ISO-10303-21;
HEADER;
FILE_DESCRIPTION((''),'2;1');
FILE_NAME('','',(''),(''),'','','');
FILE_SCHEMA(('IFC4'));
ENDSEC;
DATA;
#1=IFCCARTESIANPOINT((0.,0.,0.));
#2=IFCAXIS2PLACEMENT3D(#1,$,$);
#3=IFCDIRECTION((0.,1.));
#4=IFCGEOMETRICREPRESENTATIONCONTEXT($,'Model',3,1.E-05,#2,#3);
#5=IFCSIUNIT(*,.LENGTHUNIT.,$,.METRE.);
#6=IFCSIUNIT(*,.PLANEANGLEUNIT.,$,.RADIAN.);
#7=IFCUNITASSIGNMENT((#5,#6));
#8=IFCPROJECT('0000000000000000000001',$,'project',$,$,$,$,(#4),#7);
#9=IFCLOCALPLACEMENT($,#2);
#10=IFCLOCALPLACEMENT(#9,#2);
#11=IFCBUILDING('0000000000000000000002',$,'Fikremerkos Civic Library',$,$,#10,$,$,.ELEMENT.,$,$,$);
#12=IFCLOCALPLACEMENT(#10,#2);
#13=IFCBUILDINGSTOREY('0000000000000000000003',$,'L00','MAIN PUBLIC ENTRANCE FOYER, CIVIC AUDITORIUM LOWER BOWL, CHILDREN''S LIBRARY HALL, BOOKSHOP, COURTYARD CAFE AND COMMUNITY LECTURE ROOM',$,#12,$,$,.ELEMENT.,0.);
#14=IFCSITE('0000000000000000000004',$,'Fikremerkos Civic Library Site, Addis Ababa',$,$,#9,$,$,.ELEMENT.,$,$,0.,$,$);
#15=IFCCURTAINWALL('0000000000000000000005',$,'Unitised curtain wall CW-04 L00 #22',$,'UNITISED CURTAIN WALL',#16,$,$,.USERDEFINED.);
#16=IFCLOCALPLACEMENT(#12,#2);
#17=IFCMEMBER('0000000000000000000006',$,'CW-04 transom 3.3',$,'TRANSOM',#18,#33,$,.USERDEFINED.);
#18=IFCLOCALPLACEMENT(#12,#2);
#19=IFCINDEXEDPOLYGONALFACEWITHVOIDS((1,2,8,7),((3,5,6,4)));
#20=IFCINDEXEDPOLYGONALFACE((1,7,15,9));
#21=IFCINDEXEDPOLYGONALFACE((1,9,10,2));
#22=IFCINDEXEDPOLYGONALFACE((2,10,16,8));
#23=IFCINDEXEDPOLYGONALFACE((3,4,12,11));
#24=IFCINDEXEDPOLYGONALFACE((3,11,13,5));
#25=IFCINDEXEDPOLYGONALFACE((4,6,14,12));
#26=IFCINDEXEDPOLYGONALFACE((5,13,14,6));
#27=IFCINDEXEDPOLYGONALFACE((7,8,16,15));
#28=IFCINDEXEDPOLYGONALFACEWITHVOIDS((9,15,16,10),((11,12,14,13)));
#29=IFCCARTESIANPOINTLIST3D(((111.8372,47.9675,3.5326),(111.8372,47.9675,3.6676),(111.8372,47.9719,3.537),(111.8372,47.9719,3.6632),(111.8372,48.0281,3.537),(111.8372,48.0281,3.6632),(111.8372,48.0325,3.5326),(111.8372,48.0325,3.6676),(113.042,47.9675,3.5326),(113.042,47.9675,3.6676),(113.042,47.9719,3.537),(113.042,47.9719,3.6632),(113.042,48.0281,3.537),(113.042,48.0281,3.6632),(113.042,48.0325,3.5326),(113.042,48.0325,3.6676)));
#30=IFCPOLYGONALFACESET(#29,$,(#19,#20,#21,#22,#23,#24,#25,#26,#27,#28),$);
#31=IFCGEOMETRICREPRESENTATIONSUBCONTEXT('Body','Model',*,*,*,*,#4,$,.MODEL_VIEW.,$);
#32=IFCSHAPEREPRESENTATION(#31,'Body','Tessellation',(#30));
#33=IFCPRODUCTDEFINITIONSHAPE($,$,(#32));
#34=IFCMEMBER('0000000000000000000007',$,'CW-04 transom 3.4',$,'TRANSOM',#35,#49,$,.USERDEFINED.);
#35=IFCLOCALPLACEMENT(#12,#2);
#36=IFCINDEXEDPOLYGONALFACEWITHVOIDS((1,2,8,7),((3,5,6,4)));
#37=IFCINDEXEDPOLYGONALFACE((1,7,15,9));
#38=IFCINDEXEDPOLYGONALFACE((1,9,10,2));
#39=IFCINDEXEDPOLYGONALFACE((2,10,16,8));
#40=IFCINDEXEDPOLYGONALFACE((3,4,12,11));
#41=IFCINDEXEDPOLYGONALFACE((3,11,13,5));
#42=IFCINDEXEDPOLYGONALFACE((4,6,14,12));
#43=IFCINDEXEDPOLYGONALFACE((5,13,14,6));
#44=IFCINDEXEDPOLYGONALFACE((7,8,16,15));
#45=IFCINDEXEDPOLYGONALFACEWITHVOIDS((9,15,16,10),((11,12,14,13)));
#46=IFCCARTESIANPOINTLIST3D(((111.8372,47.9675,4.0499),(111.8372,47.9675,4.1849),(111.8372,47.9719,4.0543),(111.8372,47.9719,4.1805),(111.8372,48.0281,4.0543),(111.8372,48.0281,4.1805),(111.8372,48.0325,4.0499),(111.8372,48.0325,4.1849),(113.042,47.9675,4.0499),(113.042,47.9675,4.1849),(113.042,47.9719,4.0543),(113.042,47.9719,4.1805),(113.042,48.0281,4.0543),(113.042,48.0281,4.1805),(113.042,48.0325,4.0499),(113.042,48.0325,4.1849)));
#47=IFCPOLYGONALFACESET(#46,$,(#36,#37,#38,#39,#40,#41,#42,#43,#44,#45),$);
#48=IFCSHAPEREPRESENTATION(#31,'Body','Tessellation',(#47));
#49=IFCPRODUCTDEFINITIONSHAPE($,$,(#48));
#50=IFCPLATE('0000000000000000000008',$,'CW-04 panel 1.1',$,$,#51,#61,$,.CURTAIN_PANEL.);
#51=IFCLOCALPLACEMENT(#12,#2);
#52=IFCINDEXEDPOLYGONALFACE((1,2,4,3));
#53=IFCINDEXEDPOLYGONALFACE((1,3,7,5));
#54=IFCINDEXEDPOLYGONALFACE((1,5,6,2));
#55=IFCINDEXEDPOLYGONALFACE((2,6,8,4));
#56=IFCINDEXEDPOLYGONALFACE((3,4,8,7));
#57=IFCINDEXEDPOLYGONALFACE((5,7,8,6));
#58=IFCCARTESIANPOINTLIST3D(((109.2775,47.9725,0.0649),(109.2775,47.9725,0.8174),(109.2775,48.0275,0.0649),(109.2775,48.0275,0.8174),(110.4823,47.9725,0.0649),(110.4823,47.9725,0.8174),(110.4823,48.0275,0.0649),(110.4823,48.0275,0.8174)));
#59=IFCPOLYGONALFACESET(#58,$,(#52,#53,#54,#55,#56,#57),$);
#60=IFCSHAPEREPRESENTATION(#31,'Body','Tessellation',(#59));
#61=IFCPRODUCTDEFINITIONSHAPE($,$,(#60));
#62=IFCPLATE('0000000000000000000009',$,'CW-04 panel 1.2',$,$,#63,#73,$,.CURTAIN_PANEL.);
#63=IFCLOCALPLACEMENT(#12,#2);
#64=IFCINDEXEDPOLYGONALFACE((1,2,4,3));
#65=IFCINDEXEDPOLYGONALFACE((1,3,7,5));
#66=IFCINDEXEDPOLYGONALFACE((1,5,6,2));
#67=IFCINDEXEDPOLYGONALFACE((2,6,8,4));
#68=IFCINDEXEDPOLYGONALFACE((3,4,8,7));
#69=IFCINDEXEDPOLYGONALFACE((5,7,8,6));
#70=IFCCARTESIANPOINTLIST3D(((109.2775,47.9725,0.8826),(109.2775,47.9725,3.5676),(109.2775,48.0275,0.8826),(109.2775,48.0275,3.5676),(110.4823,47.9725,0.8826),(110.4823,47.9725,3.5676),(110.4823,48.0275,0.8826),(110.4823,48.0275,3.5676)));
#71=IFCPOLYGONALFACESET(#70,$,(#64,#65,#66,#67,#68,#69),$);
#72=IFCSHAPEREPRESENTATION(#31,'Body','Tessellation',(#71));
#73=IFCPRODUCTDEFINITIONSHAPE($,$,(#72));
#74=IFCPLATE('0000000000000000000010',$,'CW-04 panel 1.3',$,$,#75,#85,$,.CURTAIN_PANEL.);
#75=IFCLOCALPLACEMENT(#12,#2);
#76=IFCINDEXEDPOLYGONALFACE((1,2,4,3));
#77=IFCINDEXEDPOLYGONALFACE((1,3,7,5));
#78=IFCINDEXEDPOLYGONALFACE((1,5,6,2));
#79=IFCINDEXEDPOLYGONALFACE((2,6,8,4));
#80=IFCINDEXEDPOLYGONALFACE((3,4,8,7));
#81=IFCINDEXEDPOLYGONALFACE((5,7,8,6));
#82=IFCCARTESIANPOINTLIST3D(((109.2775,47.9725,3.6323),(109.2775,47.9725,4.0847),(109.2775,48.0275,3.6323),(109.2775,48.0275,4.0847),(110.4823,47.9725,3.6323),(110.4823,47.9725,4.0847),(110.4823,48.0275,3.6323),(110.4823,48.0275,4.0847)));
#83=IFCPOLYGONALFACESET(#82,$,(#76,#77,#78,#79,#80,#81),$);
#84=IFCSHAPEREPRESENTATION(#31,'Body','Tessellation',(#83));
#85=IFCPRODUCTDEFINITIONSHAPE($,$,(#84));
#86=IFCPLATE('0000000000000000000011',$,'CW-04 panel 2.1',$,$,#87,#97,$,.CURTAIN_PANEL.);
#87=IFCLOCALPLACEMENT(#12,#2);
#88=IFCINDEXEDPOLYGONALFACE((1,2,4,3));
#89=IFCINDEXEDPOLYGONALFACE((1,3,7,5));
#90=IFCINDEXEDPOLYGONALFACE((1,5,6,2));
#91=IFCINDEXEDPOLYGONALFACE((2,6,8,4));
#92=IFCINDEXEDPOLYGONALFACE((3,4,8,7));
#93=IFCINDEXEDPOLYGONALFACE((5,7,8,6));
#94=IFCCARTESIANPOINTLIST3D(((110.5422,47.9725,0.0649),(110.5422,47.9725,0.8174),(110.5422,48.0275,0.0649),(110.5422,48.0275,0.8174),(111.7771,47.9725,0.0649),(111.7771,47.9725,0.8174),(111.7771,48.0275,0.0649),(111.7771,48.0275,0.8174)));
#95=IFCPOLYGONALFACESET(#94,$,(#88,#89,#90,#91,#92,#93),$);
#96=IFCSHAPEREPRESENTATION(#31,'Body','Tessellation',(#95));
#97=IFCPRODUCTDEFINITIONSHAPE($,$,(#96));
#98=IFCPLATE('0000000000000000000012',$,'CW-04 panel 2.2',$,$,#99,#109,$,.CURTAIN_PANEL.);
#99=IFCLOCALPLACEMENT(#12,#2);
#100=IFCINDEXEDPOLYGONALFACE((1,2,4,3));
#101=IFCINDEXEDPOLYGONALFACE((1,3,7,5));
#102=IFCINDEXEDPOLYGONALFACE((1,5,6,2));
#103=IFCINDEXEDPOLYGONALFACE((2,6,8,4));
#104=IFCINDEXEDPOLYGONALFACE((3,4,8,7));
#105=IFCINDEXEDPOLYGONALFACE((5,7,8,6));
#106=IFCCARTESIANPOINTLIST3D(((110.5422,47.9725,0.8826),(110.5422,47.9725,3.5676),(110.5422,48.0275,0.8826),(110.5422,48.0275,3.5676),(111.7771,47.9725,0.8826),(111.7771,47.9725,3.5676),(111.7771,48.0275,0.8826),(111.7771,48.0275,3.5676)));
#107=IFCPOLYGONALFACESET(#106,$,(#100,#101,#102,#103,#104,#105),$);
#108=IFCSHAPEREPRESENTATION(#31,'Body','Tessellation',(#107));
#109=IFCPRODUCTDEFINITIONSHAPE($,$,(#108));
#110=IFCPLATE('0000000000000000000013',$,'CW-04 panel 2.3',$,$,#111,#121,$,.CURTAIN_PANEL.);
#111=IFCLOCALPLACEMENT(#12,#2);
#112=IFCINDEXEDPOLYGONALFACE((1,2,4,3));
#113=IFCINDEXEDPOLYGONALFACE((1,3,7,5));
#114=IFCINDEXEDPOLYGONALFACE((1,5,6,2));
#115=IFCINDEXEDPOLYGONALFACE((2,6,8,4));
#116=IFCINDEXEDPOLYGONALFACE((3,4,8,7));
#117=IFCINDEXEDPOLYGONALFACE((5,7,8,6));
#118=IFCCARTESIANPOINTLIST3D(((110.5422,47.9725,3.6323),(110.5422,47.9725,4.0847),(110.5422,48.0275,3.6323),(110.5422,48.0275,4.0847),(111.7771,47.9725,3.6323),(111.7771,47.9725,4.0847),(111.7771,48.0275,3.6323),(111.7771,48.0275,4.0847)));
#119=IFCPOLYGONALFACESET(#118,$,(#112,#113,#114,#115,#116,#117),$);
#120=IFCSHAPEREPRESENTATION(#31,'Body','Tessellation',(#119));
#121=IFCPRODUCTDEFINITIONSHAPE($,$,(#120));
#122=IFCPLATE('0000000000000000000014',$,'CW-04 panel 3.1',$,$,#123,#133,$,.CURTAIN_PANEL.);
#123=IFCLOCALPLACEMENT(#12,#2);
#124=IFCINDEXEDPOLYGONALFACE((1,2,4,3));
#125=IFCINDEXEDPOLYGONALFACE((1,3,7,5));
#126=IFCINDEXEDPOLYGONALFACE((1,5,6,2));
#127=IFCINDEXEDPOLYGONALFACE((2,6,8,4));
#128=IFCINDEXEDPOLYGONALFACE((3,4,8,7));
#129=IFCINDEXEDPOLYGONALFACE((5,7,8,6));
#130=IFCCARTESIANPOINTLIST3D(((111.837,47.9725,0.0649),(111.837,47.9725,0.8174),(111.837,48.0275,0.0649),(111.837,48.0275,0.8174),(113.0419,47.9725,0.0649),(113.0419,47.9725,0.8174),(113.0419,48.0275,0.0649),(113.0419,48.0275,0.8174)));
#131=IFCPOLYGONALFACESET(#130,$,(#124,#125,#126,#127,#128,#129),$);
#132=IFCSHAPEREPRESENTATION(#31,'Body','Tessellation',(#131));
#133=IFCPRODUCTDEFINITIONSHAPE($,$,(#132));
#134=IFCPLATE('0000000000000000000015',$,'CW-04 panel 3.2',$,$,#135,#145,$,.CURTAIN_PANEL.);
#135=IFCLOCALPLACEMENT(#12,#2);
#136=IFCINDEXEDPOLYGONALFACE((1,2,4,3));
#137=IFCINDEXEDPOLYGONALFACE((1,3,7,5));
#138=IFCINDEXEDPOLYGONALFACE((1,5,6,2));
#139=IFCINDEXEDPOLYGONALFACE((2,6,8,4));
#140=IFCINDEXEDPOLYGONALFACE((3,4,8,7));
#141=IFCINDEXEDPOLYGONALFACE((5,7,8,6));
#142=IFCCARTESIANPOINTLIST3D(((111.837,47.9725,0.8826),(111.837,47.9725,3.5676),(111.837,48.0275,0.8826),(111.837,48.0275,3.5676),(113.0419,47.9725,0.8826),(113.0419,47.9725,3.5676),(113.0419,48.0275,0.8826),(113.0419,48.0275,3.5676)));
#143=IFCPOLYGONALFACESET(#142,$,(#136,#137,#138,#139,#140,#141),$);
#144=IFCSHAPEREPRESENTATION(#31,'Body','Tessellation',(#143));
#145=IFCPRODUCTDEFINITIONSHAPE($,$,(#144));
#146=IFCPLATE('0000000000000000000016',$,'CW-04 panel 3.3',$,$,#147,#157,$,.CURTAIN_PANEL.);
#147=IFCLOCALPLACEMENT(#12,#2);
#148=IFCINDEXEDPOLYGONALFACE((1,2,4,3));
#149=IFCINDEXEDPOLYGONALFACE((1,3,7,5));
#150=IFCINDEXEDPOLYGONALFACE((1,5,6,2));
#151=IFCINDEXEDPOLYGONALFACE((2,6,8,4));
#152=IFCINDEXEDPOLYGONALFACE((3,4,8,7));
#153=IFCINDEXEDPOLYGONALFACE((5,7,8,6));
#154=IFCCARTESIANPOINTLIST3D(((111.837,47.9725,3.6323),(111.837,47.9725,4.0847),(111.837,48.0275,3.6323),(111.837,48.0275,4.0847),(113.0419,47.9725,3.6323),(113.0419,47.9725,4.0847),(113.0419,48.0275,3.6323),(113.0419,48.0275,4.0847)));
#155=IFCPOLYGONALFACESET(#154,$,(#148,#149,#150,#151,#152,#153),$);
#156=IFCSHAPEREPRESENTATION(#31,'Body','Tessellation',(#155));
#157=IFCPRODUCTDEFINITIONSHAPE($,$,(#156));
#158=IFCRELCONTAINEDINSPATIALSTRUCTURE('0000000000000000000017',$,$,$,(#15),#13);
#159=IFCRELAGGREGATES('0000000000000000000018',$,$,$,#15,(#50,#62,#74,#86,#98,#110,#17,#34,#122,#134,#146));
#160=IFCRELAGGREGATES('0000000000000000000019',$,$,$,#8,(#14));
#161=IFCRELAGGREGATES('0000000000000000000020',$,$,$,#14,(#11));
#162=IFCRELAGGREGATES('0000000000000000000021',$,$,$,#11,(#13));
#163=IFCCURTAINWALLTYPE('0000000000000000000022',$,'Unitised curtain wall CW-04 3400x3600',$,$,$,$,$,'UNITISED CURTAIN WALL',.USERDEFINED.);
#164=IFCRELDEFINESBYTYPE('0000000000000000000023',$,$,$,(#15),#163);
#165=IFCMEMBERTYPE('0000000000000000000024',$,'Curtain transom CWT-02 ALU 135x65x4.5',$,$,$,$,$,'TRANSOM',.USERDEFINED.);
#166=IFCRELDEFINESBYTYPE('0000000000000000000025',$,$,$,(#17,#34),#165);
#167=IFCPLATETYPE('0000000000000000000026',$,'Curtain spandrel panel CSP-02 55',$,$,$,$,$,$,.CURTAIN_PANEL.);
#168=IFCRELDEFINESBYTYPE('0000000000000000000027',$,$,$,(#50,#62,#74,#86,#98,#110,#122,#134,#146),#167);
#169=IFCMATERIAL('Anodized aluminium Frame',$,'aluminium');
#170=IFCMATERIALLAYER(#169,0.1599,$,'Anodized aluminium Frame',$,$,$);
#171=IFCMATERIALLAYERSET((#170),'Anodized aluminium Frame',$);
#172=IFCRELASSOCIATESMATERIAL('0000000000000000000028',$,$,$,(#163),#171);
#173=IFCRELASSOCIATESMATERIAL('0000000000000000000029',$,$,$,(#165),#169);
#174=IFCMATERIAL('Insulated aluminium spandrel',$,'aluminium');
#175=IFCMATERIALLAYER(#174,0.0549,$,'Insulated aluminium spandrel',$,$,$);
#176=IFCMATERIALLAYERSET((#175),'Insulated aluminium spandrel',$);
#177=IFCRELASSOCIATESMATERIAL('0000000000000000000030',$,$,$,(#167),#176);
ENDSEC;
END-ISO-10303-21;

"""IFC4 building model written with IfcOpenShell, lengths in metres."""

from ifc_helpers import new_model, si_unit, direction, frame, origin, origin_2d, place, context, subcontext, project, spatial, rectangle, hollow_rectangle, extrude, material, layer, layer_set, material_profile, profile_set, type_object, element, aggregate, save


model = new_model("IFC4")

# Units and contexts
model_context = context("Model", 3, precision=1e-05, world=origin(), true_north=direction((0.0, 1.0)))
body_context = subcontext(model_context, "Body", "Model", "MODEL_VIEW")
ifc_project = project(units=[si_unit("LENGTHUNIT", "METRE"), si_unit("PLANEANGLEUNIT", "RADIAN")], contexts=[model_context])

# Site, building, storey
site_placement = place(None, origin())
site = spatial("IfcSite", under=ifc_project, at=site_placement, Name="Fikremerkos Civic Library Site, Addis Ababa", CompositionType="ELEMENT", RefElevation=0.0)
building_placement = place(site_placement, origin())
building = spatial("IfcBuilding", under=site, at=building_placement, Name="Fikremerkos Civic Library", CompositionType="ELEMENT")
storey_placement = place(building_placement, origin())
storey = spatial("IfcBuildingStorey", under=building, at=storey_placement, Name="L00", Description="MAIN PUBLIC ENTRANCE FOYER, CIVIC AUDITORIUM LOWER BOWL, CHILDREN'S LIBRARY HALL, BOOKSHOP, COURTYARD CAFE AND COMMUNITY LECTURE ROOM", CompositionType="ELEMENT", Elevation=0.0)

# Curtain wall, members, plates
ifc_material_1 = material(Name="Anodized aluminium Frame", Category="aluminium")
ifc_layer_1 = layer(ifc_material_1, 0.1599, Name="Anodized aluminium Frame")
ifc_layer_set_1 = layer_set([ifc_layer_1], Name="Anodized aluminium Frame")
curtain_wall_type = type_object("IfcCurtainWallType", Name="Unitised curtain wall CW-04 3400x3600", ElementType="UNITISED CURTAIN WALL", PredefinedType="USERDEFINED", material=ifc_layer_set_1)
curtain_wall_placement = place(storey_placement, origin())
curtain_wall = element("IfcCurtainWall", 1, at=curtain_wall_placement, inside=storey, type_object=curtain_wall_type, Name="Unitised curtain wall CW-04 L00 #22", ObjectType="UNITISED CURTAIN WALL", PredefinedType="USERDEFINED")
ifc_material_profile_1 = material_profile(ifc_material_1, hollow_rectangle(XDim=0.0649, YDim=0.135, WallThickness=0.0044, at=origin_2d()), Name="ALU 135x65x4.5")
ifc_profile_set_1 = profile_set([ifc_material_profile_1], Name="Anodized aluminium Frame")
member_type_1 = type_object("IfcMemberType", Name="Curtain transom CWT-02 ALU 135x65x4.5", ElementType="TRANSOM", PredefinedType="USERDEFINED", material=ifc_profile_set_1)
member_1_placement = place(storey_placement, frame((111.8372, 48.0, 3.6001), z_axis=(1.0, 0.0, 0.0), x_axis=(0.0, 1.0, 0.0)))
member_1 = element("IfcMember", 2, at=member_1_placement, type_object=member_type_1, Name="CW-04 transom 3.3", ObjectType="TRANSOM", PredefinedType="USERDEFINED", context=body_context, shape_type="SweptSolid", body=[
    extrude(hollow_rectangle(XDim=0.0649, YDim=0.135, WallThickness=0.0044, at=origin_2d()), origin(), (0.0, 0.0, 1.0), 1.2048),
])
member_2_placement = place(storey_placement, frame((111.8372, 48.0, 4.1174), z_axis=(1.0, 0.0, 0.0), x_axis=(0.0, 1.0, 0.0)))
member_2 = element("IfcMember", 3, at=member_2_placement, type_object=member_type_1, Name="CW-04 transom 3.4", ObjectType="TRANSOM", PredefinedType="USERDEFINED", context=body_context, shape_type="SweptSolid", body=[
    extrude(hollow_rectangle(XDim=0.0649, YDim=0.135, WallThickness=0.0044, at=origin_2d()), origin(), (0.0, 0.0, 1.0), 1.2048),
])
ifc_material_2 = material(Name="Insulated aluminium spandrel", Category="aluminium")
ifc_layer_2 = layer(ifc_material_2, 0.0549, Name="Insulated aluminium spandrel")
ifc_layer_set_2 = layer_set([ifc_layer_2], Name="Insulated aluminium spandrel")
plate_type = type_object("IfcPlateType", Name="Curtain spandrel panel CSP-02 55", PredefinedType="CURTAIN_PANEL", material=ifc_layer_set_2)
plate_1_placement = place(storey_placement, frame((109.8799, 48.0, 0.0649), z_axis=(0.0, 0.0, 1.0), x_axis=(1.0, 0.0, 0.0)))
plate_1 = element("IfcPlate", 4, at=plate_1_placement, type_object=plate_type, Name="CW-04 panel 1.1", PredefinedType="CURTAIN_PANEL", context=body_context, shape_type="SweptSolid", body=[
    extrude(rectangle(XDim=1.2048, YDim=0.0549, at=origin_2d()), origin(), (0.0, 0.0, 1.0), 0.7524),
])
plate_2_placement = place(storey_placement, frame((109.8799, 48.0, 0.8826), z_axis=(0.0, 0.0, 1.0), x_axis=(1.0, 0.0, 0.0)))
plate_2 = element("IfcPlate", 5, at=plate_2_placement, type_object=plate_type, Name="CW-04 panel 1.2", PredefinedType="CURTAIN_PANEL", context=body_context, shape_type="SweptSolid", body=[
    extrude(rectangle(XDim=1.2048, YDim=0.0549, at=origin_2d()), origin(), (0.0, 0.0, 1.0), 2.6851),
])
plate_3_placement = place(storey_placement, frame((109.8799, 48.0, 3.6323), z_axis=(0.0, 0.0, 1.0), x_axis=(1.0, 0.0, 0.0)))
plate_3 = element("IfcPlate", 6, at=plate_3_placement, type_object=plate_type, Name="CW-04 panel 1.3", PredefinedType="CURTAIN_PANEL", context=body_context, shape_type="SweptSolid", body=[
    extrude(rectangle(XDim=1.2048, YDim=0.0549, at=origin_2d()), origin(), (0.0, 0.0, 1.0), 0.4524),
])
plate_4_placement = place(storey_placement, frame((111.1597, 48.0, 0.0649), z_axis=(0.0, 0.0, 1.0), x_axis=(1.0, 0.0, 0.0)))
plate_4 = element("IfcPlate", 7, at=plate_4_placement, type_object=plate_type, Name="CW-04 panel 2.1", PredefinedType="CURTAIN_PANEL", context=body_context, shape_type="SweptSolid", body=[
    extrude(rectangle(XDim=1.2349, YDim=0.0549, at=origin_2d()), origin(), (0.0, 0.0, 1.0), 0.7524),
])
plate_5_placement = place(storey_placement, frame((111.1597, 48.0, 0.8826), z_axis=(0.0, 0.0, 1.0), x_axis=(1.0, 0.0, 0.0)))
plate_5 = element("IfcPlate", 8, at=plate_5_placement, type_object=plate_type, Name="CW-04 panel 2.2", PredefinedType="CURTAIN_PANEL", context=body_context, shape_type="SweptSolid", body=[
    extrude(rectangle(XDim=1.2349, YDim=0.0549, at=origin_2d()), origin(), (0.0, 0.0, 1.0), 2.6851),
])
plate_6_placement = place(storey_placement, frame((111.1597, 48.0, 3.6323), z_axis=(0.0, 0.0, 1.0), x_axis=(1.0, 0.0, 0.0)))
plate_6 = element("IfcPlate", 9, at=plate_6_placement, type_object=plate_type, Name="CW-04 panel 2.3", PredefinedType="CURTAIN_PANEL", context=body_context, shape_type="SweptSolid", body=[
    extrude(rectangle(XDim=1.2349, YDim=0.0549, at=origin_2d()), origin(), (0.0, 0.0, 1.0), 0.4524),
])
plate_7_placement = place(storey_placement, frame((112.4395, 48.0, 0.0649), z_axis=(0.0, 0.0, 1.0), x_axis=(1.0, 0.0, 0.0)))
plate_7 = element("IfcPlate", 10, at=plate_7_placement, type_object=plate_type, Name="CW-04 panel 3.1", PredefinedType="CURTAIN_PANEL", context=body_context, shape_type="SweptSolid", body=[
    extrude(rectangle(XDim=1.2048, YDim=0.0549, at=origin_2d()), origin(), (0.0, 0.0, 1.0), 0.7524),
])
plate_8_placement = place(storey_placement, frame((112.4395, 48.0, 0.8826), z_axis=(0.0, 0.0, 1.0), x_axis=(1.0, 0.0, 0.0)))
plate_8 = element("IfcPlate", 11, at=plate_8_placement, type_object=plate_type, Name="CW-04 panel 3.2", PredefinedType="CURTAIN_PANEL", context=body_context, shape_type="SweptSolid", body=[
    extrude(rectangle(XDim=1.2048, YDim=0.0549, at=origin_2d()), origin(), (0.0, 0.0, 1.0), 2.6851),
])
plate_9_placement = place(storey_placement, frame((112.4395, 48.0, 3.6323), z_axis=(0.0, 0.0, 1.0), x_axis=(1.0, 0.0, 0.0)))
plate_9 = element("IfcPlate", 12, at=plate_9_placement, type_object=plate_type, Name="CW-04 panel 3.3", PredefinedType="CURTAIN_PANEL", context=body_context, shape_type="SweptSolid", body=[
    extrude(rectangle(XDim=1.2048, YDim=0.0549, at=origin_2d()), origin(), (0.0, 0.0, 1.0), 0.4524),
])
aggregate(curtain_wall, [plate_1, plate_2, plate_3, plate_4, plate_5, plate_6, member_1, member_2, plate_7, plate_8, plate_9])

save(model, "model.ifc")
